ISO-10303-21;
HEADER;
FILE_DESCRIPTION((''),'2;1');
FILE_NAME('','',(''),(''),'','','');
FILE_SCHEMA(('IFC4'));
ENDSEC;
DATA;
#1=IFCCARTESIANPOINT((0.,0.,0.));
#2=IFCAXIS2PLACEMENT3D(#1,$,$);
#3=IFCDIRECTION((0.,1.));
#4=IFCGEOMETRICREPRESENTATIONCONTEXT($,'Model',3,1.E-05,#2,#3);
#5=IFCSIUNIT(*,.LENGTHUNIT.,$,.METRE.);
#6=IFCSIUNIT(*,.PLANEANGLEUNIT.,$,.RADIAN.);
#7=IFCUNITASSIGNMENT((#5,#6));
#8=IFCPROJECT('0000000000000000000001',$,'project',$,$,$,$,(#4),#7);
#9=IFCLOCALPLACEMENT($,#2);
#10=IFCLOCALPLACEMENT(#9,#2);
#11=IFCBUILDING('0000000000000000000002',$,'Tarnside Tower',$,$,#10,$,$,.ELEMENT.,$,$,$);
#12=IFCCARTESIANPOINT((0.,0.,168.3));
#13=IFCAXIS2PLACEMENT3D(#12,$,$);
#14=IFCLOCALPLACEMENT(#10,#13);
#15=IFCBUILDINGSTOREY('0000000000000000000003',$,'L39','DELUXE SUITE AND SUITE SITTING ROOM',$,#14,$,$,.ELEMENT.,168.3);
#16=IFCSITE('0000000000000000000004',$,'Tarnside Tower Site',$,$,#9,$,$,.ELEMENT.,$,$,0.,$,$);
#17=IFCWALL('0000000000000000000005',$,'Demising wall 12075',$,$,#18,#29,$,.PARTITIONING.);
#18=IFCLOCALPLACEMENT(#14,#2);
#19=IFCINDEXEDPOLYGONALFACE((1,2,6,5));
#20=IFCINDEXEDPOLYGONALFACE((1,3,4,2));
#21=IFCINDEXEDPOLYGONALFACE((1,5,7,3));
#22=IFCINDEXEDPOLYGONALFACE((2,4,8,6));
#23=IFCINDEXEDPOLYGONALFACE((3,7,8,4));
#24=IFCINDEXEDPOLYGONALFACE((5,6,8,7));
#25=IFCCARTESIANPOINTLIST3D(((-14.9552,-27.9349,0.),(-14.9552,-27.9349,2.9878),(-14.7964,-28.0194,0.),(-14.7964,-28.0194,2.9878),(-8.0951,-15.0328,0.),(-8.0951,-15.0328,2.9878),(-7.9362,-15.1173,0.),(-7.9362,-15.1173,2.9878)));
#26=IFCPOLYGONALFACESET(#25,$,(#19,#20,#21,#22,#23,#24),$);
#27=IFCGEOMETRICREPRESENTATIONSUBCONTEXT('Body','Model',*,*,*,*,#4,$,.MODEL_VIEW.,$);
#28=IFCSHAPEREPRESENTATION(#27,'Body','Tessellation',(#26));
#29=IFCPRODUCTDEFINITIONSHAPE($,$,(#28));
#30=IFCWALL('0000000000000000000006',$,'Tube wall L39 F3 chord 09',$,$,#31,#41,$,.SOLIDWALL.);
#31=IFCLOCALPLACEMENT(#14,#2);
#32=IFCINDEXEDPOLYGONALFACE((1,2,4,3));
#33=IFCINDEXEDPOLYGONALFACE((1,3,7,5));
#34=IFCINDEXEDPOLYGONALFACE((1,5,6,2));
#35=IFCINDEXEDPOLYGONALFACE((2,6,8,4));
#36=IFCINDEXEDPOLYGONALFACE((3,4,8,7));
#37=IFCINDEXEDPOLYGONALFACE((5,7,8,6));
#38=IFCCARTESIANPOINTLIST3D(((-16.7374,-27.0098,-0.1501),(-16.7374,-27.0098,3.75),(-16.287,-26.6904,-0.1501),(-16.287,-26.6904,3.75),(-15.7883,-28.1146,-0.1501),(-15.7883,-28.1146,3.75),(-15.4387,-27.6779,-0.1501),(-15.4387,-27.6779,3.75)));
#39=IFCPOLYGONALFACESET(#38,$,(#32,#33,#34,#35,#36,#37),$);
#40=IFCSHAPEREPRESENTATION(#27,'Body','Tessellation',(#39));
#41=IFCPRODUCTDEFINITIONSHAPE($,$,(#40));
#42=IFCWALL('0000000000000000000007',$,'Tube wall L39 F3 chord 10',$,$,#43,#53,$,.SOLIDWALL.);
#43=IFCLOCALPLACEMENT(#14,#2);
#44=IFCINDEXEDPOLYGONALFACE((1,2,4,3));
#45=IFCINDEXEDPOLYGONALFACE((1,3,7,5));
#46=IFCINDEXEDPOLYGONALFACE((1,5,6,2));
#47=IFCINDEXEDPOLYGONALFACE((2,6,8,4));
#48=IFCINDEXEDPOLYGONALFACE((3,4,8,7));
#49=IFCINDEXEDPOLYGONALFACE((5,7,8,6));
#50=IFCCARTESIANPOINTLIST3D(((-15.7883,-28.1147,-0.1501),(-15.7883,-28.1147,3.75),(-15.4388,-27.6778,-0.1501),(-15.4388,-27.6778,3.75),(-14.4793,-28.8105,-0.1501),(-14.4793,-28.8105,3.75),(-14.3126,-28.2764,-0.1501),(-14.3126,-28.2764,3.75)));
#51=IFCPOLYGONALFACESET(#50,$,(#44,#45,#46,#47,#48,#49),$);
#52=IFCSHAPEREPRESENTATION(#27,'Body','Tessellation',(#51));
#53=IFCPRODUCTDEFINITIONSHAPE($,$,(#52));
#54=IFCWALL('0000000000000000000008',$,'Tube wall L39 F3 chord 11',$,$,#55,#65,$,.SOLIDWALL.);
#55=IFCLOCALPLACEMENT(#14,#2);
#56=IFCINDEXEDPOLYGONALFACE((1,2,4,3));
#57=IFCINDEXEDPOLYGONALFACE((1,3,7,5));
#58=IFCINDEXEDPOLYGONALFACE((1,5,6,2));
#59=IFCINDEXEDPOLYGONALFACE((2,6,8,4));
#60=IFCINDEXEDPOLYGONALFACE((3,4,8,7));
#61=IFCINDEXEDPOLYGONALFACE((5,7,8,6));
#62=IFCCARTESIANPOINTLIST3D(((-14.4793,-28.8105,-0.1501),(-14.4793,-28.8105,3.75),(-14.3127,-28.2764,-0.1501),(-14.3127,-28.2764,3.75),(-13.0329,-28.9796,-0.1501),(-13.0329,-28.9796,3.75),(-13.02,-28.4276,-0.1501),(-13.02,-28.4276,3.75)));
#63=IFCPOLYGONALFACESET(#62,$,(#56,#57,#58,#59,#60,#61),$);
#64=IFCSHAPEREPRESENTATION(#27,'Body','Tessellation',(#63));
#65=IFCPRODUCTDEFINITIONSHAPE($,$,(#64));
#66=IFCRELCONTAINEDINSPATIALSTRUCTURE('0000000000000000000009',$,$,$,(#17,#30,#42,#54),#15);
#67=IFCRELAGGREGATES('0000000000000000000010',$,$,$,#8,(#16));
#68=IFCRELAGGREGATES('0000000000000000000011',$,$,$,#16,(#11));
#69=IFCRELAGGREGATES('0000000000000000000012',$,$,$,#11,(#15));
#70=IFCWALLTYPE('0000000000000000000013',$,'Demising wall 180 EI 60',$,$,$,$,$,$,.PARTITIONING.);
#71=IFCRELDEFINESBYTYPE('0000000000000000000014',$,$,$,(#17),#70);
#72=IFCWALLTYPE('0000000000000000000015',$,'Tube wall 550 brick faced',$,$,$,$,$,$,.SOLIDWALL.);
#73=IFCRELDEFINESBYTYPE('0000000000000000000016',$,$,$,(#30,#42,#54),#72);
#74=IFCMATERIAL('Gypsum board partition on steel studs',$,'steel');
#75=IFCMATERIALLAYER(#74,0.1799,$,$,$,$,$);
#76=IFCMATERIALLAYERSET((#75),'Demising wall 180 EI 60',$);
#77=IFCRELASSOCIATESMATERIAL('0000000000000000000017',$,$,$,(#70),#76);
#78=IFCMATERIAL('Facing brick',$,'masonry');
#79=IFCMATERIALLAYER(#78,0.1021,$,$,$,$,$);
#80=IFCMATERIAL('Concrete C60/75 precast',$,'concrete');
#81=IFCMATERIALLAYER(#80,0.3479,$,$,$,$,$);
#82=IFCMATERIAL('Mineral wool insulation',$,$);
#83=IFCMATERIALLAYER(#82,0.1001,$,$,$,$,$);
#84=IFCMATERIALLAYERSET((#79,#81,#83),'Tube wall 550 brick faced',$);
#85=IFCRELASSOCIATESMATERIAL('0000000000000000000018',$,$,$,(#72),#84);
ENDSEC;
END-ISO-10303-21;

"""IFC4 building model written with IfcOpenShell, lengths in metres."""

from ifc_helpers import new_model, si_unit, direction, frame, frame_2d, origin, place, context, subcontext, project, spatial, polyline, rectangle, outline, extrude, material, layer, layer_set, type_object, element, save


model = new_model("IFC4")

# Units and contexts
model_context = context("Model", 3, precision=1e-05, world=origin(), true_north=direction((0.0, 1.0)))
body_context = subcontext(model_context, "Body", "Model", "MODEL_VIEW")
ifc_project = project(units=[si_unit("LENGTHUNIT", "METRE"), si_unit("PLANEANGLEUNIT", "RADIAN")], contexts=[model_context])

# Site, building, storey
site_placement = place(None, origin())
site = spatial("IfcSite", under=ifc_project, at=site_placement, Name="Tarnside Tower Site", CompositionType="ELEMENT", RefElevation=0.0)
building_placement = place(site_placement, origin())
building = spatial("IfcBuilding", under=site, at=building_placement, Name="Tarnside Tower", CompositionType="ELEMENT")
storey_placement = place(building_placement, frame((0.0, 0.0, 168.3)))
storey = spatial("IfcBuildingStorey", under=building, at=storey_placement, Name="L39", Description="DELUXE SUITE AND SUITE SITTING ROOM", CompositionType="ELEMENT", Elevation=168.3)

# Walls
ifc_material_1 = material(Name="Gypsum board partition on steel studs", Category="steel")
ifc_layer_1 = layer(ifc_material_1, 0.1799)
ifc_layer_set_1 = layer_set([ifc_layer_1], Name="Demising wall 180 EI 60")
wall_type_1 = type_object("IfcWallType", Name="Demising wall 180 EI 60", PredefinedType="PARTITIONING", material=ifc_layer_set_1)
wall_1_placement = place(storey_placement, frame((-14.8757, -27.9771, 0.0), z_axis=(0.0, 0.0, 1.0), x_axis=(0.469468, 0.882949, 0.0)))
element("IfcWall", 1, at=wall_1_placement, inside=storey, type_object=wall_type_1, Name="Demising wall 12075", PredefinedType="PARTITIONING", context=body_context, shape_type="SweptSolid", body=[
    extrude(rectangle(XDim=14.6125, YDim=0.1799, at=frame_2d((7.3062, 0.0))), origin(), (0.0, 0.0, 1.0), 2.9878),
])
ifc_material_2 = material(Name="Facing brick", Category="masonry")
ifc_layer_2 = layer(ifc_material_2, 0.1021)
ifc_material_3 = material(Name="Concrete C60/75 precast", Category="concrete")
ifc_layer_3 = layer(ifc_material_3, 0.3479)
ifc_material_4 = material(Name="Mineral wool insulation")
ifc_layer_4 = layer(ifc_material_4, 0.1001)
ifc_layer_set_2 = layer_set([ifc_layer_2, ifc_layer_3, ifc_layer_4], Name="Tube wall 550 brick faced")
wall_type_2 = type_object("IfcWallType", Name="Tube wall 550 brick faced", PredefinedType="SOLIDWALL", material=ifc_layer_set_2)
wall_2_placement = place(storey_placement, frame((-16.5122, -26.8501, -0.1501), z_axis=(0.0, 0.0, 1.0), x_axis=(0.651622, -0.758544, 0.0)))
element("IfcWall", 2, at=wall_2_placement, inside=storey, type_object=wall_type_2, Name="Tube wall L39 F3 chord 09", PredefinedType="SOLIDWALL", context=body_context, shape_type="SweptSolid", body=[
    extrude(outline(polyline([(-0.0256, -0.2749), (1.4309, -0.2749), (1.3274, 0.2749), (0.0256, 0.2749), (-0.0256, -0.2749)])), origin(), (0.0, 0.0, 1.0), 3.9001),
])
wall_3_placement = place(storey_placement, frame((-15.6135, -27.8962, -0.1501), z_axis=(0.0, 0.0, 1.0), x_axis=(0.882994, -0.469384, 0.0)))
element("IfcWall", 3, at=wall_3_placement, inside=storey, type_object=wall_type_2, Name="Tube wall L39 F3 chord 10", PredefinedType="SOLIDWALL", context=body_context, shape_type="SweptSolid", body=[
    extrude(outline(polyline([(-0.0518, -0.2749), (1.4307, -0.2749), (1.3271, 0.2749), (0.0518, 0.2749), (-0.0518, -0.2749)])), origin(), (0.0, 0.0, 1.0), 3.9001),
])
wall_4_placement = place(storey_placement, frame((-14.396, -28.5435, -0.1501), z_axis=(0.0, 0.0, 1.0), x_axis=(0.993233, -0.116143, 0.0)))
element("IfcWall", 4, at=wall_4_placement, inside=storey, type_object=wall_type_2, Name="Tube wall L39 F3 chord 11", PredefinedType="SOLIDWALL", context=body_context, shape_type="SweptSolid", body=[
    extrude(outline(polyline([(-0.0518, -0.2749), (1.4045, -0.2749), (1.3533, 0.2749), (0.0518, 0.2749), (-0.0518, -0.2749)])), origin(), (0.0, 0.0, 1.0), 3.9001),
])

save(model, "model.ifc")
